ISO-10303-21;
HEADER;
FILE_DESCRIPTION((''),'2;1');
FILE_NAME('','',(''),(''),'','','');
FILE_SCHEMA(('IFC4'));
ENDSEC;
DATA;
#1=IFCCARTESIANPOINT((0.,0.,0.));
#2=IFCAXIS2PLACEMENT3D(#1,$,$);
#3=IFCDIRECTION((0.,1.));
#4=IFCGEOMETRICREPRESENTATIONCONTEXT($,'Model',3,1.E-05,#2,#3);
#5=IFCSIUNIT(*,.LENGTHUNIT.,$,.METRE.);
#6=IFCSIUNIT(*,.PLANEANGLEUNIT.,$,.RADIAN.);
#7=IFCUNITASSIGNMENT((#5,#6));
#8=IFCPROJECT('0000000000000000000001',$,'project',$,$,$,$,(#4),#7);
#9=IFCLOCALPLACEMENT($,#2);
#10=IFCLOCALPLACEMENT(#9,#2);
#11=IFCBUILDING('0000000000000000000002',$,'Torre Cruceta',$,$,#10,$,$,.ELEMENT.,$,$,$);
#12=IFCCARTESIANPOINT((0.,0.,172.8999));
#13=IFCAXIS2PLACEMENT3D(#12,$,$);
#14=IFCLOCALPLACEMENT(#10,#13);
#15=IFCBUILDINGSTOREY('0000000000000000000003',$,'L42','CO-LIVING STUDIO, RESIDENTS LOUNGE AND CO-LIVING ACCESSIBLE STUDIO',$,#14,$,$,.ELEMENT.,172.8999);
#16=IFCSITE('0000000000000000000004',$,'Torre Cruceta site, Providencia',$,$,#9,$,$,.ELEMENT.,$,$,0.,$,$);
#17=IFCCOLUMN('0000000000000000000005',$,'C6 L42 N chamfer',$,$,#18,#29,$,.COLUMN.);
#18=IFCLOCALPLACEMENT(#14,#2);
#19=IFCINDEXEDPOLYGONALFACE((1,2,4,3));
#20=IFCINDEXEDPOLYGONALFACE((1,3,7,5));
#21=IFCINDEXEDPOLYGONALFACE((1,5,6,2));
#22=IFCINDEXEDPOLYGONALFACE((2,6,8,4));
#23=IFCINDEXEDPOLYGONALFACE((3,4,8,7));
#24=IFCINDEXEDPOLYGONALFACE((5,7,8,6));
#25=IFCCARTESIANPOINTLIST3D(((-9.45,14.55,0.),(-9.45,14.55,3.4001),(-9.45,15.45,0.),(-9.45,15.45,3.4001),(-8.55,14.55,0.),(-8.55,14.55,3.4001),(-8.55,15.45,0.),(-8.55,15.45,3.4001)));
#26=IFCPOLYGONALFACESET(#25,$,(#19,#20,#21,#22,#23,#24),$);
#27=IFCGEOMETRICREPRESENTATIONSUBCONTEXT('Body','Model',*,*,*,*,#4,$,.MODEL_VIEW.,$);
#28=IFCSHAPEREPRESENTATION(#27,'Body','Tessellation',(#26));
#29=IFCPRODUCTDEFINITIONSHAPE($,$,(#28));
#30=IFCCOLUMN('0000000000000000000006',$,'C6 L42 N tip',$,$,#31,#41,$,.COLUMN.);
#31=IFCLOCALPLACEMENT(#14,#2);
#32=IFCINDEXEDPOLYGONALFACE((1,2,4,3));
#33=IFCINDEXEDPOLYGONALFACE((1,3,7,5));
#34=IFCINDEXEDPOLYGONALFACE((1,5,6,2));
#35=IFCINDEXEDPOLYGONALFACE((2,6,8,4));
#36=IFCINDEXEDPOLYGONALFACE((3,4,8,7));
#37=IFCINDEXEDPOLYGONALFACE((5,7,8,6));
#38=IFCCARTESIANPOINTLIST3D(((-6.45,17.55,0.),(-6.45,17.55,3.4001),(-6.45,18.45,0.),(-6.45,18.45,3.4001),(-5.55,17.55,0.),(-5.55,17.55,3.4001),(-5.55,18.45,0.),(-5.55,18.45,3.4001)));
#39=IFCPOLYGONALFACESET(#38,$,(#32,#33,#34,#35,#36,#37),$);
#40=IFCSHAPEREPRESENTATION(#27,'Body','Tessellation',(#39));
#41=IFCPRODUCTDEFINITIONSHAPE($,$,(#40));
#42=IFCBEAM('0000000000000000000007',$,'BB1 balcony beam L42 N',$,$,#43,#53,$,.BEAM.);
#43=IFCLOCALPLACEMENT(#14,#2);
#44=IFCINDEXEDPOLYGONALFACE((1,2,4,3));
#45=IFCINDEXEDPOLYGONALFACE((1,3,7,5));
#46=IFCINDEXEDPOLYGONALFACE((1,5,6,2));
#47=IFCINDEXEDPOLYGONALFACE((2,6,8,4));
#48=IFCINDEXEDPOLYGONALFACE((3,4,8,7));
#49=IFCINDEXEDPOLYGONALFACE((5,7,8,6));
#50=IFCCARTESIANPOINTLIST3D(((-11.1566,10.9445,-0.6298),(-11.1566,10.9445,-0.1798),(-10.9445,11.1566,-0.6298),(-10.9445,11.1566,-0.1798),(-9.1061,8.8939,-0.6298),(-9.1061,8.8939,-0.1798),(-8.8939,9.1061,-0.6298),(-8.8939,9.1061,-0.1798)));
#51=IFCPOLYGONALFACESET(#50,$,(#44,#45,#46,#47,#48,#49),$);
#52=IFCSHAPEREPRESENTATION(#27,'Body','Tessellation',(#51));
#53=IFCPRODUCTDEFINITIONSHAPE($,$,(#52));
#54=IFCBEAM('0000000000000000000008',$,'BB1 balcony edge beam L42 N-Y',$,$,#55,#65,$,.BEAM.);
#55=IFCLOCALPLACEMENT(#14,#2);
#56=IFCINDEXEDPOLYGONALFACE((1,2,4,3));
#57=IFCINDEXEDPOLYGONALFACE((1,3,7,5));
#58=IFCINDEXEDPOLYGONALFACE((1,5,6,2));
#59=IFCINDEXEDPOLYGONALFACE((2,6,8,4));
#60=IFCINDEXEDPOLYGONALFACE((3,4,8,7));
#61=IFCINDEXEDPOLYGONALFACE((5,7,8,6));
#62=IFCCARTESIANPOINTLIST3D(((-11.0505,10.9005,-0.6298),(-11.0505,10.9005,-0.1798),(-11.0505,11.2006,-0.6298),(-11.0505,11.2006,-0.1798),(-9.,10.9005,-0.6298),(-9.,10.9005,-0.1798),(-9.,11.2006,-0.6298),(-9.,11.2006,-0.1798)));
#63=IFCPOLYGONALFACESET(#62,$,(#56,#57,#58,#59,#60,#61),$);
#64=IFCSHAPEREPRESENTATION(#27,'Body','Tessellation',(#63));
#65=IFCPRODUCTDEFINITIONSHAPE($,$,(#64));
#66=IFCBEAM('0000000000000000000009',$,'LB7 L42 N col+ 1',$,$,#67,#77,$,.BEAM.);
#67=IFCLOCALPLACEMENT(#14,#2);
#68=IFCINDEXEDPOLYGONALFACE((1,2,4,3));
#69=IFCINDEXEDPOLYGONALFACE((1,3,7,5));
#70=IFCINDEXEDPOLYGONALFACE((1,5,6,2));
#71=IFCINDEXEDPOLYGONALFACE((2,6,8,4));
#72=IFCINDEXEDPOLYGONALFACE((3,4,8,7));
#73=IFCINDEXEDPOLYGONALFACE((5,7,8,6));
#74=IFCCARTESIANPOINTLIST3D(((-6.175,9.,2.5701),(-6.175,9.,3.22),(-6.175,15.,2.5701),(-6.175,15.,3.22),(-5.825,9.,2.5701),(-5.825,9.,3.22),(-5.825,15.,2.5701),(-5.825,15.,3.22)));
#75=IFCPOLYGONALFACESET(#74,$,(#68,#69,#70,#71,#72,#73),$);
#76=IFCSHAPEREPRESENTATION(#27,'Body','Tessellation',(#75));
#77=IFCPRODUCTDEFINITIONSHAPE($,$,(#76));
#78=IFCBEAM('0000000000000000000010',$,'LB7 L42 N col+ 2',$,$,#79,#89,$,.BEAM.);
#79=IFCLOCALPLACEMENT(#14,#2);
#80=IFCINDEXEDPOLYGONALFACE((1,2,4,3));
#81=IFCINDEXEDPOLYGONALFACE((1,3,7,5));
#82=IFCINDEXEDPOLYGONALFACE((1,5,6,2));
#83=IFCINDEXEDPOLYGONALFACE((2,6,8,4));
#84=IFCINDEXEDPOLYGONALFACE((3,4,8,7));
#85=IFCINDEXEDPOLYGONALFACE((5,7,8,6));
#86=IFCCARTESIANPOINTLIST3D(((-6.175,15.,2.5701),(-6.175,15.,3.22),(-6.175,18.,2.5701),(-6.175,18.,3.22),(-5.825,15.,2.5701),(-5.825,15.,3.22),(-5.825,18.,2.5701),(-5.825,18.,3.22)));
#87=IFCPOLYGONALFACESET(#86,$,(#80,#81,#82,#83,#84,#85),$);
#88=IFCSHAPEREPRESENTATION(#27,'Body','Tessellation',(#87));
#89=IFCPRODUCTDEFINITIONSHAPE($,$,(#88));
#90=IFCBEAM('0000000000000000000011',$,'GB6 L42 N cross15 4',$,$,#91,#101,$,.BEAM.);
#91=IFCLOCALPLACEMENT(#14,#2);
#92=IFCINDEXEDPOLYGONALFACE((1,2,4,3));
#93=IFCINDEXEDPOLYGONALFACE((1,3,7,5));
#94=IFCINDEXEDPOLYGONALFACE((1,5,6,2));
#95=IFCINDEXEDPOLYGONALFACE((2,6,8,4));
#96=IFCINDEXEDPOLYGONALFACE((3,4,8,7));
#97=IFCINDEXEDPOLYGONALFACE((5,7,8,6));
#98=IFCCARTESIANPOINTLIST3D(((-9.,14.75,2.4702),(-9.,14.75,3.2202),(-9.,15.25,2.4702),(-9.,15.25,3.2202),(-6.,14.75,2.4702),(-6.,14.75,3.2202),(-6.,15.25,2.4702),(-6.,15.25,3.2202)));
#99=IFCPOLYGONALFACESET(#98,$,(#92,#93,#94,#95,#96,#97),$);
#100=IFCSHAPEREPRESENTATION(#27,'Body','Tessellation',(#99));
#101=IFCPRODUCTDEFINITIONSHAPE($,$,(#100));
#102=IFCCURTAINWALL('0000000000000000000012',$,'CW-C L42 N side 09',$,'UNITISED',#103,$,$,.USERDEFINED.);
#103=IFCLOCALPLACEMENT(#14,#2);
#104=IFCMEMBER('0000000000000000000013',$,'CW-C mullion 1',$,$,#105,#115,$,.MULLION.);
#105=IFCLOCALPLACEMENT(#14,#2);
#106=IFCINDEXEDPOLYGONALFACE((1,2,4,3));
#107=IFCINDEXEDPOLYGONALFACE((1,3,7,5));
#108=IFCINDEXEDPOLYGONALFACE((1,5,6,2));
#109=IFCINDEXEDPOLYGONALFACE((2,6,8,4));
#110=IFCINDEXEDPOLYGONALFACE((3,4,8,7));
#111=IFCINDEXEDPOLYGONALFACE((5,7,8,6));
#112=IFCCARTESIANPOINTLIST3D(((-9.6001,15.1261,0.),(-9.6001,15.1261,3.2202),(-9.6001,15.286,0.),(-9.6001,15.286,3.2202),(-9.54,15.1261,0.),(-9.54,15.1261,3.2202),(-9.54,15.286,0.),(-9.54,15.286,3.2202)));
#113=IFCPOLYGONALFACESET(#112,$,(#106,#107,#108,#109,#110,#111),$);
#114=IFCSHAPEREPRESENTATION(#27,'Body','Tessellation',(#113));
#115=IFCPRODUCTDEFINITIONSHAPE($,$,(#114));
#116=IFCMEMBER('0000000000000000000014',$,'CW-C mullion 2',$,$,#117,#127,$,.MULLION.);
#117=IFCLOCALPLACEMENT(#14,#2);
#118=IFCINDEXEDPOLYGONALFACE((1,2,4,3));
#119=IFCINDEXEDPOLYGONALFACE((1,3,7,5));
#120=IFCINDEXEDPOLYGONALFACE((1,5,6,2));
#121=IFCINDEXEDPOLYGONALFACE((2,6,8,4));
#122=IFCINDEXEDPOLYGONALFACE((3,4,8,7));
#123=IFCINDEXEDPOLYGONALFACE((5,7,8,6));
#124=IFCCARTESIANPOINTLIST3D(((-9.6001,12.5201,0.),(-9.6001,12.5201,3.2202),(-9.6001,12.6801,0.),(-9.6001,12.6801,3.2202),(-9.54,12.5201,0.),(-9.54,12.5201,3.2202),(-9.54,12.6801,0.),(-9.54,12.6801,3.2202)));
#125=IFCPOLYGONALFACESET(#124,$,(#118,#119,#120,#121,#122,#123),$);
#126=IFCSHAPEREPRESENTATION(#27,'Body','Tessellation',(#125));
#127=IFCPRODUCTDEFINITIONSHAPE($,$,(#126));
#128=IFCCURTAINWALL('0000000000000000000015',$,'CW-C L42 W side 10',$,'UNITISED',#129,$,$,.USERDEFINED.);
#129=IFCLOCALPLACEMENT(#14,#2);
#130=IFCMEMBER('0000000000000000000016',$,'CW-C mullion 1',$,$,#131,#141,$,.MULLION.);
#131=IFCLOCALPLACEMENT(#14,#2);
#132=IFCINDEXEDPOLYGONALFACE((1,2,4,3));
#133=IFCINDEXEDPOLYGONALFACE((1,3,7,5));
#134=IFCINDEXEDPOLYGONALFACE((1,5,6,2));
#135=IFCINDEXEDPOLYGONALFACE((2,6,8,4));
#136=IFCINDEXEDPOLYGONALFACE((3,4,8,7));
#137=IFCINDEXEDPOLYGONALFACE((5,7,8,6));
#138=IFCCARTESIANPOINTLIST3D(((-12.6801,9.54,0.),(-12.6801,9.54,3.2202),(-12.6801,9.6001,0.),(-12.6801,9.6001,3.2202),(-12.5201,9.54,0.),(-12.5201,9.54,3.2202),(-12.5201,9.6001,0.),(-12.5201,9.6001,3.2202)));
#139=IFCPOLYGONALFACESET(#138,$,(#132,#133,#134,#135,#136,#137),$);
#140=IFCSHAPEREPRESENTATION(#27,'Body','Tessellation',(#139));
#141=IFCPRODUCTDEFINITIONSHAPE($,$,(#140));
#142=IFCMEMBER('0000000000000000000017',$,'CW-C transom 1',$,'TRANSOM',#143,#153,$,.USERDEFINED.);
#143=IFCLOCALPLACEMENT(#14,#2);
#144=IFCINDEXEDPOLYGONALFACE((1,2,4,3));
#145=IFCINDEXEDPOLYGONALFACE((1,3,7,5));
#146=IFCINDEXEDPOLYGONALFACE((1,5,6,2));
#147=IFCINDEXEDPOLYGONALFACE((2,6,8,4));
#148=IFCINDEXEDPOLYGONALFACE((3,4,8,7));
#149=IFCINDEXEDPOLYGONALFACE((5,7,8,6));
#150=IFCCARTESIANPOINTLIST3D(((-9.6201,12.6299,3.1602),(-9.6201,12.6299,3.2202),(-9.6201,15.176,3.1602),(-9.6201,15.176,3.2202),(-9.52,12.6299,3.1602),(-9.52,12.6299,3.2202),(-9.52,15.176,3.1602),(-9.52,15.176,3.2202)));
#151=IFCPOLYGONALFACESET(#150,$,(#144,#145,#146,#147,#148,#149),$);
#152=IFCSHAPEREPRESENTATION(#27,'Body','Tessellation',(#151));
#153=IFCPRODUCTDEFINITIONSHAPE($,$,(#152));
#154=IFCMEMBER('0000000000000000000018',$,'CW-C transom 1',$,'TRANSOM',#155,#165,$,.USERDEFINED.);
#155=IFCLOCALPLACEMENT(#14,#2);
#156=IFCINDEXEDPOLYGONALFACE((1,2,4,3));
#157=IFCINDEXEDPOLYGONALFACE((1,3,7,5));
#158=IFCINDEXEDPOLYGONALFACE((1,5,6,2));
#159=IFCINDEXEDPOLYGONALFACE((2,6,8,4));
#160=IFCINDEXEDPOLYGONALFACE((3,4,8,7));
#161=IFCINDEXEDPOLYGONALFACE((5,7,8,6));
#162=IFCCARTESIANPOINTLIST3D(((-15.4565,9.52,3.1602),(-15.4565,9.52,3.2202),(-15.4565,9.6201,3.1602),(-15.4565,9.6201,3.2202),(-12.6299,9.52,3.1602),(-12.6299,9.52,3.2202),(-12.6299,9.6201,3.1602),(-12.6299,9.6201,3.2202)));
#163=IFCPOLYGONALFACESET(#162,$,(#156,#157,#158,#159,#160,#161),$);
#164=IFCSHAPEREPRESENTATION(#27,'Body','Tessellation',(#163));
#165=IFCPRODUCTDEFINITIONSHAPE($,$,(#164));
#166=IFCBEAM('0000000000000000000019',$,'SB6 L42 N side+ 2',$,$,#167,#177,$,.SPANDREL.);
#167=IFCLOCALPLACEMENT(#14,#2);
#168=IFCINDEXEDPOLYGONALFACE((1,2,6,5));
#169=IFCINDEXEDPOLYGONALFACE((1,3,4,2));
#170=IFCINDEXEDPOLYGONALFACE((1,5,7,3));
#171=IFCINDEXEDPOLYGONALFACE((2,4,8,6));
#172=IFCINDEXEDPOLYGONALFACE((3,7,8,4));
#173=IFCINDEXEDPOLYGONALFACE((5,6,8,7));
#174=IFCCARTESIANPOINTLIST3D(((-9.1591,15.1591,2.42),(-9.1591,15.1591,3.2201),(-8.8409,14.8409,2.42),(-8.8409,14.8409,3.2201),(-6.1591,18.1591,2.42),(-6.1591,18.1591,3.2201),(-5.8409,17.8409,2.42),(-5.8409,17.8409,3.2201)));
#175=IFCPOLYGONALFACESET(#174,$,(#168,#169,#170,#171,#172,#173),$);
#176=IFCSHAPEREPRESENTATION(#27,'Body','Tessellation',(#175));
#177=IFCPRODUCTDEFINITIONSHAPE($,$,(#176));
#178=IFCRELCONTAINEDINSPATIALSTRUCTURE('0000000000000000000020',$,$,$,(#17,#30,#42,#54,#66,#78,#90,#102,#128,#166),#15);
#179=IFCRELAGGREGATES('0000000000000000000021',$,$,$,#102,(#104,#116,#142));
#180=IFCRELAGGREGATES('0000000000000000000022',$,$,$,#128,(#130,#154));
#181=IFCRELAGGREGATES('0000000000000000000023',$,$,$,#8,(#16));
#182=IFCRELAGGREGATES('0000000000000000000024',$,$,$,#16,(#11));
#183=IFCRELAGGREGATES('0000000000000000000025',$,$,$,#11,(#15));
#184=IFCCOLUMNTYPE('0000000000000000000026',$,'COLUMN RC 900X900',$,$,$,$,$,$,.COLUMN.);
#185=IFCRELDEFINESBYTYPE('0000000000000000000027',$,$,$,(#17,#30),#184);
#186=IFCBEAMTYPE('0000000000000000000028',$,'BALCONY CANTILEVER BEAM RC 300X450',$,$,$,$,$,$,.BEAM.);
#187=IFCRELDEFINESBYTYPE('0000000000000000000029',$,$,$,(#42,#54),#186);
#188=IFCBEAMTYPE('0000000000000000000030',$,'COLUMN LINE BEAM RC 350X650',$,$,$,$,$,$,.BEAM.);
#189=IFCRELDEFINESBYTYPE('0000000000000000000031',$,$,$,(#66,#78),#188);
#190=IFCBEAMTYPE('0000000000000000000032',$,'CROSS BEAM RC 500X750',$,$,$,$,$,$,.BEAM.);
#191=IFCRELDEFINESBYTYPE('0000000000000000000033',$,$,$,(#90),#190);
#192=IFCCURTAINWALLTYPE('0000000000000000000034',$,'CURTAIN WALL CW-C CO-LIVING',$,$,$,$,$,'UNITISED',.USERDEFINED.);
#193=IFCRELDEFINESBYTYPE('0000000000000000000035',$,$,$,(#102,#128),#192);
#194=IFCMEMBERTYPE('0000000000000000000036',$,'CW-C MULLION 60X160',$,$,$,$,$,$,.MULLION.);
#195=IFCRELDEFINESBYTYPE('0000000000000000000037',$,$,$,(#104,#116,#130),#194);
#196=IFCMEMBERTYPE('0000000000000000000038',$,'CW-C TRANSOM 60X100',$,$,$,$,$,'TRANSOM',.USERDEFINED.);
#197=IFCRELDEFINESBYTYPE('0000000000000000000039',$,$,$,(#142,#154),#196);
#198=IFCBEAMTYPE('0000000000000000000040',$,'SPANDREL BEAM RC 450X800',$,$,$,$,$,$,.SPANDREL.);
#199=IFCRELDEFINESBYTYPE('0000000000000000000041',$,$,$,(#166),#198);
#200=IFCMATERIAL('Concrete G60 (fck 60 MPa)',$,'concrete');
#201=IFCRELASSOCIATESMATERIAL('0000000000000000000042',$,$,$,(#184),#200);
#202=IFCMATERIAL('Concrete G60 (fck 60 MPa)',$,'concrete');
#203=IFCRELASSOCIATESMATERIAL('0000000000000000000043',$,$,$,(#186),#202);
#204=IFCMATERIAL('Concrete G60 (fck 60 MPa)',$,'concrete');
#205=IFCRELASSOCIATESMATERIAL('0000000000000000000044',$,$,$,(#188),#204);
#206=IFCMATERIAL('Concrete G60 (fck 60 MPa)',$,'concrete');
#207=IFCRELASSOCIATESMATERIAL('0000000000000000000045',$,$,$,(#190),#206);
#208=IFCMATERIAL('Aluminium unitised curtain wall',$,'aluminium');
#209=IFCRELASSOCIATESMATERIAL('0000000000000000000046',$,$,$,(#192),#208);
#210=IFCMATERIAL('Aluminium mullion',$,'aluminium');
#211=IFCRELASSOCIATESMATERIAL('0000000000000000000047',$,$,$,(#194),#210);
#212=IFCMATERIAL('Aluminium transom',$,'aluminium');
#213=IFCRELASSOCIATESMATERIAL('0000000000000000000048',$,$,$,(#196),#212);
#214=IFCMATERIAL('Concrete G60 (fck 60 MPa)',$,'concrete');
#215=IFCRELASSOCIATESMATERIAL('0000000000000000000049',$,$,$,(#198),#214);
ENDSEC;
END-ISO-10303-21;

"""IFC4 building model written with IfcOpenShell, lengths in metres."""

from ifc_helpers import new_model, si_unit, direction, frame, origin, origin_2d, place, context, subcontext, project, spatial, rectangle, extrude, material, material_profile, profile_set, type_object, element, aggregate, save


model = new_model("IFC4")

# Units and contexts
model_context = context("Model", 3, precision=1e-05, world=origin(), true_north=direction((0.0, 1.0)))
body_context = subcontext(model_context, "Body", "Model", "MODEL_VIEW")
ifc_project = project(units=[si_unit("LENGTHUNIT", "METRE"), si_unit("PLANEANGLEUNIT", "RADIAN")], contexts=[model_context])

# Site, building, storey
site_placement = place(None, origin())
site = spatial("IfcSite", under=ifc_project, at=site_placement, Name="Torre Cruceta site, Providencia", CompositionType="ELEMENT", RefElevation=0.0)
building_placement = place(site_placement, origin())
building = spatial("IfcBuilding", under=site, at=building_placement, Name="Torre Cruceta", CompositionType="ELEMENT")
storey_placement = place(building_placement, frame((0.0, 0.0, 172.8999)))
storey = spatial("IfcBuildingStorey", under=building, at=storey_placement, Name="L42", Description="CO-LIVING STUDIO, RESIDENTS LOUNGE AND CO-LIVING ACCESSIBLE STUDIO", CompositionType="ELEMENT", Elevation=172.8999)

# Columns
ifc_material_1 = material(Name="Concrete G60 (fck 60 MPa)", Category="concrete")
ifc_material_profile_1 = material_profile(ifc_material_1, rectangle(XDim=0.8999, YDim=0.8999, at=origin_2d()), Name="RC 900X900")
ifc_profile_set_1 = profile_set([ifc_material_profile_1], Name="Concrete G60 (fck 60 MPa)")
column_type = type_object("IfcColumnType", Name="COLUMN RC 900X900", PredefinedType="COLUMN", material=ifc_profile_set_1)
for number, where, z_axis, x_axis, name in (
    (1, (-9.0, 15.0, 0.0), (0.0, 0.0, 1.0), (1.0, 0.0, 0.0), "C6 L42 N chamfer"),
    (2, (-6.0, 18.0, 0.0), (0.0, 0.0, 1.0), (1.0, 0.0, 0.0), "C6 L42 N tip"),
):
    element("IfcColumn", number, at=place(storey_placement, frame(where, z_axis=z_axis, x_axis=x_axis)), inside=storey, type_object=column_type, Name=name, PredefinedType="COLUMN", context=body_context, shape_type="SweptSolid", body=[
        extrude(rectangle(XDim=0.8999, YDim=0.8999, at=origin_2d()), origin(), (0.0, 0.0, 1.0), 3.4001),
    ])

# Beams
ifc_material_2 = material(Name="Concrete G60 (fck 60 MPa)", Category="concrete")
ifc_material_profile_2 = material_profile(ifc_material_2, rectangle(XDim=0.3, YDim=0.45, at=origin_2d()), Name="RC 300X450")
ifc_profile_set_2 = profile_set([ifc_material_profile_2], Name="Concrete G60 (fck 60 MPa)")
beam_type_1 = type_object("IfcBeamType", Name="BALCONY CANTILEVER BEAM RC 300X450", PredefinedType="BEAM", material=ifc_profile_set_2)
beam_1_placement = place(storey_placement, frame((-9.0, 9.0, -0.4048), z_axis=(-0.707107, 0.707107, 0.0), x_axis=(-0.707107, -0.707107, 0.0)))
element("IfcBeam", 3, at=beam_1_placement, inside=storey, type_object=beam_type_1, Name="BB1 balcony beam L42 N", PredefinedType="BEAM", context=body_context, shape_type="SweptSolid", body=[
    extrude(rectangle(XDim=0.3, YDim=0.45, at=origin_2d()), origin(), (0.0, 0.0, 1.0), 2.8999),
])
beam_2_placement = place(storey_placement, frame((-9.0, 11.0505, -0.4048), z_axis=(-1.0, 0.0, 0.0), x_axis=(0.0, -1.0, 0.0)))
element("IfcBeam", 4, at=beam_2_placement, inside=storey, type_object=beam_type_1, Name="BB1 balcony edge beam L42 N-Y", PredefinedType="BEAM", context=body_context, shape_type="SweptSolid", body=[
    extrude(rectangle(XDim=0.3, YDim=0.45, at=origin_2d()), origin(), (0.0, 0.0, 1.0), 2.0505),
])
ifc_material_3 = material(Name="Concrete G60 (fck 60 MPa)", Category="concrete")
ifc_material_profile_3 = material_profile(ifc_material_3, rectangle(XDim=0.3501, YDim=0.6499, at=origin_2d()), Name="RC 350X650")
ifc_profile_set_3 = profile_set([ifc_material_profile_3], Name="Concrete G60 (fck 60 MPa)")
beam_type_2 = type_object("IfcBeamType", Name="COLUMN LINE BEAM RC 350X650", PredefinedType="BEAM", material=ifc_profile_set_3)
beam_3_placement = place(storey_placement, frame((-6.0, 9.0, 2.895), z_axis=(0.0, 1.0, 0.0), x_axis=(-1.0, 0.0, 0.0)))
element("IfcBeam", 5, at=beam_3_placement, inside=storey, type_object=beam_type_2, Name="LB7 L42 N col+ 1", PredefinedType="BEAM", context=body_context, shape_type="SweptSolid", body=[
    extrude(rectangle(XDim=0.3501, YDim=0.6499, at=origin_2d()), origin(), (0.0, 0.0, 1.0), 6.0),
])
beam_4_placement = place(storey_placement, frame((-6.0, 15.0, 2.895), z_axis=(0.0, 1.0, 0.0), x_axis=(-1.0, 0.0, 0.0)))
element("IfcBeam", 6, at=beam_4_placement, inside=storey, type_object=beam_type_2, Name="LB7 L42 N col+ 2", PredefinedType="BEAM", context=body_context, shape_type="SweptSolid", body=[
    extrude(rectangle(XDim=0.3501, YDim=0.6499, at=origin_2d()), origin(), (0.0, 0.0, 1.0), 3.0),
])
ifc_material_4 = material(Name="Concrete G60 (fck 60 MPa)", Category="concrete")
ifc_material_profile_4 = material_profile(ifc_material_4, rectangle(XDim=0.5, YDim=0.75, at=origin_2d()), Name="RC 500X750")
ifc_profile_set_4 = profile_set([ifc_material_profile_4], Name="Concrete G60 (fck 60 MPa)")
beam_type_3 = type_object("IfcBeamType", Name="CROSS BEAM RC 500X750", PredefinedType="BEAM", material=ifc_profile_set_4)
beam_5_placement = place(storey_placement, frame((-6.0, 15.0, 2.8452), z_axis=(-1.0, 0.0, 0.0), x_axis=(0.0, -1.0, 0.0)))
element("IfcBeam", 7, at=beam_5_placement, inside=storey, type_object=beam_type_3, Name="GB6 L42 N cross15 4", PredefinedType="BEAM", context=body_context, shape_type="SweptSolid", body=[
    extrude(rectangle(XDim=0.5, YDim=0.75, at=origin_2d()), origin(), (0.0, 0.0, 1.0), 3.0),
])

# Curtain wall, members
ifc_material_5 = material(Name="Aluminium unitised curtain wall", Category="aluminium")
curtain_wall_type = type_object("IfcCurtainWallType", Name="CURTAIN WALL CW-C CO-LIVING", ElementType="UNITISED", PredefinedType="USERDEFINED", material=ifc_material_5)
curtain_wall_1_placement = place(storey_placement, origin())
curtain_wall_1 = element("IfcCurtainWall", 8, at=curtain_wall_1_placement, inside=storey, type_object=curtain_wall_type, Name="CW-C L42 N side 09", ObjectType="UNITISED", PredefinedType="USERDEFINED")
ifc_material_6 = material(Name="Aluminium mullion", Category="aluminium")
ifc_material_profile_5 = material_profile(ifc_material_6, rectangle(XDim=0.0601, YDim=0.1599, at=origin_2d()), Name="AL 60X160")
ifc_profile_set_5 = profile_set([ifc_material_profile_5], Name="Aluminium mullion")
member_type_1 = type_object("IfcMemberType", Name="CW-C MULLION 60X160", PredefinedType="MULLION", material=ifc_profile_set_5)
member_1_placement = place(storey_placement, frame((-9.5701, 15.2061, 0.0), z_axis=(0.0, 0.0, 1.0), x_axis=(1.0, 0.0, 0.0)))
member_1 = element("IfcMember", 9, at=member_1_placement, type_object=member_type_1, Name="CW-C mullion 1", PredefinedType="MULLION", context=body_context, shape_type="SweptSolid", body=[
    extrude(rectangle(XDim=0.0601, YDim=0.1599, at=origin_2d()), origin(), (0.0, 0.0, 1.0), 3.2202),
])
member_2_placement = place(storey_placement, frame((-9.5701, 12.6001, 0.0), z_axis=(0.0, 0.0, 1.0), x_axis=(1.0, 0.0, 0.0)))
member_2 = element("IfcMember", 10, at=member_2_placement, type_object=member_type_1, Name="CW-C mullion 2", PredefinedType="MULLION", context=body_context, shape_type="SweptSolid", body=[
    extrude(rectangle(XDim=0.0601, YDim=0.1599, at=origin_2d()), origin(), (0.0, 0.0, 1.0), 3.2202),
])

# Curtain wall, member
curtain_wall_2_placement = place(storey_placement, origin())
curtain_wall_2 = element("IfcCurtainWall", 11, at=curtain_wall_2_placement, inside=storey, type_object=curtain_wall_type, Name="CW-C L42 W side 10", ObjectType="UNITISED", PredefinedType="USERDEFINED")
member_3_placement = place(storey_placement, frame((-12.6001, 9.5701, 0.0), z_axis=(0.0, 0.0, 1.0), x_axis=(0.0, -1.0, 0.0)))
member_3 = element("IfcMember", 12, at=member_3_placement, type_object=member_type_1, Name="CW-C mullion 1", PredefinedType="MULLION", context=body_context, shape_type="SweptSolid", body=[
    extrude(rectangle(XDim=0.0601, YDim=0.1599, at=origin_2d()), origin(), (0.0, 0.0, 1.0), 3.2202),
])

# Members
ifc_material_7 = material(Name="Aluminium transom", Category="aluminium")
ifc_material_profile_6 = material_profile(ifc_material_7, rectangle(XDim=0.1001, YDim=0.0601, at=origin_2d()), Name="AL 100X60")
ifc_profile_set_6 = profile_set([ifc_material_profile_6], Name="Aluminium transom")
member_type_2 = type_object("IfcMemberType", Name="CW-C TRANSOM 60X100", ElementType="TRANSOM", PredefinedType="USERDEFINED", material=ifc_profile_set_6)
member_4_placement = place(storey_placement, frame((-9.5701, 15.176, 3.1902), z_axis=(0.0, -1.0, 0.0), x_axis=(1.0, 0.0, 0.0)))
member_4 = element("IfcMember", 13, at=member_4_placement, type_object=member_type_2, Name="CW-C transom 1", ObjectType="TRANSOM", PredefinedType="USERDEFINED", context=body_context, shape_type="SweptSolid", body=[
    extrude(rectangle(XDim=0.1001, YDim=0.0601, at=origin_2d()), origin(), (0.0, 0.0, 1.0), 2.5461),
])
member_5_placement = place(storey_placement, frame((-12.6299, 9.5701, 3.1902), z_axis=(-1.0, 0.0, 0.0), x_axis=(0.0, -1.0, 0.0)))
member_5 = element("IfcMember", 14, at=member_5_placement, type_object=member_type_2, Name="CW-C transom 1", ObjectType="TRANSOM", PredefinedType="USERDEFINED", context=body_context, shape_type="SweptSolid", body=[
    extrude(rectangle(XDim=0.1001, YDim=0.0601, at=origin_2d()), origin(), (0.0, 0.0, 1.0), 2.8267),
])

# Beam
ifc_material_8 = material(Name="Concrete G60 (fck 60 MPa)", Category="concrete")
ifc_material_profile_7 = material_profile(ifc_material_8, rectangle(XDim=0.45, YDim=0.8, at=origin_2d()), Name="RC 450X800")
ifc_profile_set_7 = profile_set([ifc_material_profile_7], Name="Concrete G60 (fck 60 MPa)")
beam_type_4 = type_object("IfcBeamType", Name="SPANDREL BEAM RC 450X800", PredefinedType="SPANDREL", material=ifc_profile_set_7)
beam_6_placement = place(storey_placement, frame((-9.0, 15.0, 2.8201), z_axis=(0.707107, 0.707107, 0.0), x_axis=(-0.707107, 0.707107, 0.0)))
element("IfcBeam", 15, at=beam_6_placement, inside=storey, type_object=beam_type_4, Name="SB6 L42 N side+ 2", PredefinedType="SPANDREL", context=body_context, shape_type="SweptSolid", body=[
    extrude(rectangle(XDim=0.45, YDim=0.8, at=origin_2d()), origin(), (0.0, 0.0, 1.0), 4.2427),
])

aggregate(curtain_wall_1, [member_1, member_2, member_4])
aggregate(curtain_wall_2, [member_3, member_5])

save(model, "model.ifc")
